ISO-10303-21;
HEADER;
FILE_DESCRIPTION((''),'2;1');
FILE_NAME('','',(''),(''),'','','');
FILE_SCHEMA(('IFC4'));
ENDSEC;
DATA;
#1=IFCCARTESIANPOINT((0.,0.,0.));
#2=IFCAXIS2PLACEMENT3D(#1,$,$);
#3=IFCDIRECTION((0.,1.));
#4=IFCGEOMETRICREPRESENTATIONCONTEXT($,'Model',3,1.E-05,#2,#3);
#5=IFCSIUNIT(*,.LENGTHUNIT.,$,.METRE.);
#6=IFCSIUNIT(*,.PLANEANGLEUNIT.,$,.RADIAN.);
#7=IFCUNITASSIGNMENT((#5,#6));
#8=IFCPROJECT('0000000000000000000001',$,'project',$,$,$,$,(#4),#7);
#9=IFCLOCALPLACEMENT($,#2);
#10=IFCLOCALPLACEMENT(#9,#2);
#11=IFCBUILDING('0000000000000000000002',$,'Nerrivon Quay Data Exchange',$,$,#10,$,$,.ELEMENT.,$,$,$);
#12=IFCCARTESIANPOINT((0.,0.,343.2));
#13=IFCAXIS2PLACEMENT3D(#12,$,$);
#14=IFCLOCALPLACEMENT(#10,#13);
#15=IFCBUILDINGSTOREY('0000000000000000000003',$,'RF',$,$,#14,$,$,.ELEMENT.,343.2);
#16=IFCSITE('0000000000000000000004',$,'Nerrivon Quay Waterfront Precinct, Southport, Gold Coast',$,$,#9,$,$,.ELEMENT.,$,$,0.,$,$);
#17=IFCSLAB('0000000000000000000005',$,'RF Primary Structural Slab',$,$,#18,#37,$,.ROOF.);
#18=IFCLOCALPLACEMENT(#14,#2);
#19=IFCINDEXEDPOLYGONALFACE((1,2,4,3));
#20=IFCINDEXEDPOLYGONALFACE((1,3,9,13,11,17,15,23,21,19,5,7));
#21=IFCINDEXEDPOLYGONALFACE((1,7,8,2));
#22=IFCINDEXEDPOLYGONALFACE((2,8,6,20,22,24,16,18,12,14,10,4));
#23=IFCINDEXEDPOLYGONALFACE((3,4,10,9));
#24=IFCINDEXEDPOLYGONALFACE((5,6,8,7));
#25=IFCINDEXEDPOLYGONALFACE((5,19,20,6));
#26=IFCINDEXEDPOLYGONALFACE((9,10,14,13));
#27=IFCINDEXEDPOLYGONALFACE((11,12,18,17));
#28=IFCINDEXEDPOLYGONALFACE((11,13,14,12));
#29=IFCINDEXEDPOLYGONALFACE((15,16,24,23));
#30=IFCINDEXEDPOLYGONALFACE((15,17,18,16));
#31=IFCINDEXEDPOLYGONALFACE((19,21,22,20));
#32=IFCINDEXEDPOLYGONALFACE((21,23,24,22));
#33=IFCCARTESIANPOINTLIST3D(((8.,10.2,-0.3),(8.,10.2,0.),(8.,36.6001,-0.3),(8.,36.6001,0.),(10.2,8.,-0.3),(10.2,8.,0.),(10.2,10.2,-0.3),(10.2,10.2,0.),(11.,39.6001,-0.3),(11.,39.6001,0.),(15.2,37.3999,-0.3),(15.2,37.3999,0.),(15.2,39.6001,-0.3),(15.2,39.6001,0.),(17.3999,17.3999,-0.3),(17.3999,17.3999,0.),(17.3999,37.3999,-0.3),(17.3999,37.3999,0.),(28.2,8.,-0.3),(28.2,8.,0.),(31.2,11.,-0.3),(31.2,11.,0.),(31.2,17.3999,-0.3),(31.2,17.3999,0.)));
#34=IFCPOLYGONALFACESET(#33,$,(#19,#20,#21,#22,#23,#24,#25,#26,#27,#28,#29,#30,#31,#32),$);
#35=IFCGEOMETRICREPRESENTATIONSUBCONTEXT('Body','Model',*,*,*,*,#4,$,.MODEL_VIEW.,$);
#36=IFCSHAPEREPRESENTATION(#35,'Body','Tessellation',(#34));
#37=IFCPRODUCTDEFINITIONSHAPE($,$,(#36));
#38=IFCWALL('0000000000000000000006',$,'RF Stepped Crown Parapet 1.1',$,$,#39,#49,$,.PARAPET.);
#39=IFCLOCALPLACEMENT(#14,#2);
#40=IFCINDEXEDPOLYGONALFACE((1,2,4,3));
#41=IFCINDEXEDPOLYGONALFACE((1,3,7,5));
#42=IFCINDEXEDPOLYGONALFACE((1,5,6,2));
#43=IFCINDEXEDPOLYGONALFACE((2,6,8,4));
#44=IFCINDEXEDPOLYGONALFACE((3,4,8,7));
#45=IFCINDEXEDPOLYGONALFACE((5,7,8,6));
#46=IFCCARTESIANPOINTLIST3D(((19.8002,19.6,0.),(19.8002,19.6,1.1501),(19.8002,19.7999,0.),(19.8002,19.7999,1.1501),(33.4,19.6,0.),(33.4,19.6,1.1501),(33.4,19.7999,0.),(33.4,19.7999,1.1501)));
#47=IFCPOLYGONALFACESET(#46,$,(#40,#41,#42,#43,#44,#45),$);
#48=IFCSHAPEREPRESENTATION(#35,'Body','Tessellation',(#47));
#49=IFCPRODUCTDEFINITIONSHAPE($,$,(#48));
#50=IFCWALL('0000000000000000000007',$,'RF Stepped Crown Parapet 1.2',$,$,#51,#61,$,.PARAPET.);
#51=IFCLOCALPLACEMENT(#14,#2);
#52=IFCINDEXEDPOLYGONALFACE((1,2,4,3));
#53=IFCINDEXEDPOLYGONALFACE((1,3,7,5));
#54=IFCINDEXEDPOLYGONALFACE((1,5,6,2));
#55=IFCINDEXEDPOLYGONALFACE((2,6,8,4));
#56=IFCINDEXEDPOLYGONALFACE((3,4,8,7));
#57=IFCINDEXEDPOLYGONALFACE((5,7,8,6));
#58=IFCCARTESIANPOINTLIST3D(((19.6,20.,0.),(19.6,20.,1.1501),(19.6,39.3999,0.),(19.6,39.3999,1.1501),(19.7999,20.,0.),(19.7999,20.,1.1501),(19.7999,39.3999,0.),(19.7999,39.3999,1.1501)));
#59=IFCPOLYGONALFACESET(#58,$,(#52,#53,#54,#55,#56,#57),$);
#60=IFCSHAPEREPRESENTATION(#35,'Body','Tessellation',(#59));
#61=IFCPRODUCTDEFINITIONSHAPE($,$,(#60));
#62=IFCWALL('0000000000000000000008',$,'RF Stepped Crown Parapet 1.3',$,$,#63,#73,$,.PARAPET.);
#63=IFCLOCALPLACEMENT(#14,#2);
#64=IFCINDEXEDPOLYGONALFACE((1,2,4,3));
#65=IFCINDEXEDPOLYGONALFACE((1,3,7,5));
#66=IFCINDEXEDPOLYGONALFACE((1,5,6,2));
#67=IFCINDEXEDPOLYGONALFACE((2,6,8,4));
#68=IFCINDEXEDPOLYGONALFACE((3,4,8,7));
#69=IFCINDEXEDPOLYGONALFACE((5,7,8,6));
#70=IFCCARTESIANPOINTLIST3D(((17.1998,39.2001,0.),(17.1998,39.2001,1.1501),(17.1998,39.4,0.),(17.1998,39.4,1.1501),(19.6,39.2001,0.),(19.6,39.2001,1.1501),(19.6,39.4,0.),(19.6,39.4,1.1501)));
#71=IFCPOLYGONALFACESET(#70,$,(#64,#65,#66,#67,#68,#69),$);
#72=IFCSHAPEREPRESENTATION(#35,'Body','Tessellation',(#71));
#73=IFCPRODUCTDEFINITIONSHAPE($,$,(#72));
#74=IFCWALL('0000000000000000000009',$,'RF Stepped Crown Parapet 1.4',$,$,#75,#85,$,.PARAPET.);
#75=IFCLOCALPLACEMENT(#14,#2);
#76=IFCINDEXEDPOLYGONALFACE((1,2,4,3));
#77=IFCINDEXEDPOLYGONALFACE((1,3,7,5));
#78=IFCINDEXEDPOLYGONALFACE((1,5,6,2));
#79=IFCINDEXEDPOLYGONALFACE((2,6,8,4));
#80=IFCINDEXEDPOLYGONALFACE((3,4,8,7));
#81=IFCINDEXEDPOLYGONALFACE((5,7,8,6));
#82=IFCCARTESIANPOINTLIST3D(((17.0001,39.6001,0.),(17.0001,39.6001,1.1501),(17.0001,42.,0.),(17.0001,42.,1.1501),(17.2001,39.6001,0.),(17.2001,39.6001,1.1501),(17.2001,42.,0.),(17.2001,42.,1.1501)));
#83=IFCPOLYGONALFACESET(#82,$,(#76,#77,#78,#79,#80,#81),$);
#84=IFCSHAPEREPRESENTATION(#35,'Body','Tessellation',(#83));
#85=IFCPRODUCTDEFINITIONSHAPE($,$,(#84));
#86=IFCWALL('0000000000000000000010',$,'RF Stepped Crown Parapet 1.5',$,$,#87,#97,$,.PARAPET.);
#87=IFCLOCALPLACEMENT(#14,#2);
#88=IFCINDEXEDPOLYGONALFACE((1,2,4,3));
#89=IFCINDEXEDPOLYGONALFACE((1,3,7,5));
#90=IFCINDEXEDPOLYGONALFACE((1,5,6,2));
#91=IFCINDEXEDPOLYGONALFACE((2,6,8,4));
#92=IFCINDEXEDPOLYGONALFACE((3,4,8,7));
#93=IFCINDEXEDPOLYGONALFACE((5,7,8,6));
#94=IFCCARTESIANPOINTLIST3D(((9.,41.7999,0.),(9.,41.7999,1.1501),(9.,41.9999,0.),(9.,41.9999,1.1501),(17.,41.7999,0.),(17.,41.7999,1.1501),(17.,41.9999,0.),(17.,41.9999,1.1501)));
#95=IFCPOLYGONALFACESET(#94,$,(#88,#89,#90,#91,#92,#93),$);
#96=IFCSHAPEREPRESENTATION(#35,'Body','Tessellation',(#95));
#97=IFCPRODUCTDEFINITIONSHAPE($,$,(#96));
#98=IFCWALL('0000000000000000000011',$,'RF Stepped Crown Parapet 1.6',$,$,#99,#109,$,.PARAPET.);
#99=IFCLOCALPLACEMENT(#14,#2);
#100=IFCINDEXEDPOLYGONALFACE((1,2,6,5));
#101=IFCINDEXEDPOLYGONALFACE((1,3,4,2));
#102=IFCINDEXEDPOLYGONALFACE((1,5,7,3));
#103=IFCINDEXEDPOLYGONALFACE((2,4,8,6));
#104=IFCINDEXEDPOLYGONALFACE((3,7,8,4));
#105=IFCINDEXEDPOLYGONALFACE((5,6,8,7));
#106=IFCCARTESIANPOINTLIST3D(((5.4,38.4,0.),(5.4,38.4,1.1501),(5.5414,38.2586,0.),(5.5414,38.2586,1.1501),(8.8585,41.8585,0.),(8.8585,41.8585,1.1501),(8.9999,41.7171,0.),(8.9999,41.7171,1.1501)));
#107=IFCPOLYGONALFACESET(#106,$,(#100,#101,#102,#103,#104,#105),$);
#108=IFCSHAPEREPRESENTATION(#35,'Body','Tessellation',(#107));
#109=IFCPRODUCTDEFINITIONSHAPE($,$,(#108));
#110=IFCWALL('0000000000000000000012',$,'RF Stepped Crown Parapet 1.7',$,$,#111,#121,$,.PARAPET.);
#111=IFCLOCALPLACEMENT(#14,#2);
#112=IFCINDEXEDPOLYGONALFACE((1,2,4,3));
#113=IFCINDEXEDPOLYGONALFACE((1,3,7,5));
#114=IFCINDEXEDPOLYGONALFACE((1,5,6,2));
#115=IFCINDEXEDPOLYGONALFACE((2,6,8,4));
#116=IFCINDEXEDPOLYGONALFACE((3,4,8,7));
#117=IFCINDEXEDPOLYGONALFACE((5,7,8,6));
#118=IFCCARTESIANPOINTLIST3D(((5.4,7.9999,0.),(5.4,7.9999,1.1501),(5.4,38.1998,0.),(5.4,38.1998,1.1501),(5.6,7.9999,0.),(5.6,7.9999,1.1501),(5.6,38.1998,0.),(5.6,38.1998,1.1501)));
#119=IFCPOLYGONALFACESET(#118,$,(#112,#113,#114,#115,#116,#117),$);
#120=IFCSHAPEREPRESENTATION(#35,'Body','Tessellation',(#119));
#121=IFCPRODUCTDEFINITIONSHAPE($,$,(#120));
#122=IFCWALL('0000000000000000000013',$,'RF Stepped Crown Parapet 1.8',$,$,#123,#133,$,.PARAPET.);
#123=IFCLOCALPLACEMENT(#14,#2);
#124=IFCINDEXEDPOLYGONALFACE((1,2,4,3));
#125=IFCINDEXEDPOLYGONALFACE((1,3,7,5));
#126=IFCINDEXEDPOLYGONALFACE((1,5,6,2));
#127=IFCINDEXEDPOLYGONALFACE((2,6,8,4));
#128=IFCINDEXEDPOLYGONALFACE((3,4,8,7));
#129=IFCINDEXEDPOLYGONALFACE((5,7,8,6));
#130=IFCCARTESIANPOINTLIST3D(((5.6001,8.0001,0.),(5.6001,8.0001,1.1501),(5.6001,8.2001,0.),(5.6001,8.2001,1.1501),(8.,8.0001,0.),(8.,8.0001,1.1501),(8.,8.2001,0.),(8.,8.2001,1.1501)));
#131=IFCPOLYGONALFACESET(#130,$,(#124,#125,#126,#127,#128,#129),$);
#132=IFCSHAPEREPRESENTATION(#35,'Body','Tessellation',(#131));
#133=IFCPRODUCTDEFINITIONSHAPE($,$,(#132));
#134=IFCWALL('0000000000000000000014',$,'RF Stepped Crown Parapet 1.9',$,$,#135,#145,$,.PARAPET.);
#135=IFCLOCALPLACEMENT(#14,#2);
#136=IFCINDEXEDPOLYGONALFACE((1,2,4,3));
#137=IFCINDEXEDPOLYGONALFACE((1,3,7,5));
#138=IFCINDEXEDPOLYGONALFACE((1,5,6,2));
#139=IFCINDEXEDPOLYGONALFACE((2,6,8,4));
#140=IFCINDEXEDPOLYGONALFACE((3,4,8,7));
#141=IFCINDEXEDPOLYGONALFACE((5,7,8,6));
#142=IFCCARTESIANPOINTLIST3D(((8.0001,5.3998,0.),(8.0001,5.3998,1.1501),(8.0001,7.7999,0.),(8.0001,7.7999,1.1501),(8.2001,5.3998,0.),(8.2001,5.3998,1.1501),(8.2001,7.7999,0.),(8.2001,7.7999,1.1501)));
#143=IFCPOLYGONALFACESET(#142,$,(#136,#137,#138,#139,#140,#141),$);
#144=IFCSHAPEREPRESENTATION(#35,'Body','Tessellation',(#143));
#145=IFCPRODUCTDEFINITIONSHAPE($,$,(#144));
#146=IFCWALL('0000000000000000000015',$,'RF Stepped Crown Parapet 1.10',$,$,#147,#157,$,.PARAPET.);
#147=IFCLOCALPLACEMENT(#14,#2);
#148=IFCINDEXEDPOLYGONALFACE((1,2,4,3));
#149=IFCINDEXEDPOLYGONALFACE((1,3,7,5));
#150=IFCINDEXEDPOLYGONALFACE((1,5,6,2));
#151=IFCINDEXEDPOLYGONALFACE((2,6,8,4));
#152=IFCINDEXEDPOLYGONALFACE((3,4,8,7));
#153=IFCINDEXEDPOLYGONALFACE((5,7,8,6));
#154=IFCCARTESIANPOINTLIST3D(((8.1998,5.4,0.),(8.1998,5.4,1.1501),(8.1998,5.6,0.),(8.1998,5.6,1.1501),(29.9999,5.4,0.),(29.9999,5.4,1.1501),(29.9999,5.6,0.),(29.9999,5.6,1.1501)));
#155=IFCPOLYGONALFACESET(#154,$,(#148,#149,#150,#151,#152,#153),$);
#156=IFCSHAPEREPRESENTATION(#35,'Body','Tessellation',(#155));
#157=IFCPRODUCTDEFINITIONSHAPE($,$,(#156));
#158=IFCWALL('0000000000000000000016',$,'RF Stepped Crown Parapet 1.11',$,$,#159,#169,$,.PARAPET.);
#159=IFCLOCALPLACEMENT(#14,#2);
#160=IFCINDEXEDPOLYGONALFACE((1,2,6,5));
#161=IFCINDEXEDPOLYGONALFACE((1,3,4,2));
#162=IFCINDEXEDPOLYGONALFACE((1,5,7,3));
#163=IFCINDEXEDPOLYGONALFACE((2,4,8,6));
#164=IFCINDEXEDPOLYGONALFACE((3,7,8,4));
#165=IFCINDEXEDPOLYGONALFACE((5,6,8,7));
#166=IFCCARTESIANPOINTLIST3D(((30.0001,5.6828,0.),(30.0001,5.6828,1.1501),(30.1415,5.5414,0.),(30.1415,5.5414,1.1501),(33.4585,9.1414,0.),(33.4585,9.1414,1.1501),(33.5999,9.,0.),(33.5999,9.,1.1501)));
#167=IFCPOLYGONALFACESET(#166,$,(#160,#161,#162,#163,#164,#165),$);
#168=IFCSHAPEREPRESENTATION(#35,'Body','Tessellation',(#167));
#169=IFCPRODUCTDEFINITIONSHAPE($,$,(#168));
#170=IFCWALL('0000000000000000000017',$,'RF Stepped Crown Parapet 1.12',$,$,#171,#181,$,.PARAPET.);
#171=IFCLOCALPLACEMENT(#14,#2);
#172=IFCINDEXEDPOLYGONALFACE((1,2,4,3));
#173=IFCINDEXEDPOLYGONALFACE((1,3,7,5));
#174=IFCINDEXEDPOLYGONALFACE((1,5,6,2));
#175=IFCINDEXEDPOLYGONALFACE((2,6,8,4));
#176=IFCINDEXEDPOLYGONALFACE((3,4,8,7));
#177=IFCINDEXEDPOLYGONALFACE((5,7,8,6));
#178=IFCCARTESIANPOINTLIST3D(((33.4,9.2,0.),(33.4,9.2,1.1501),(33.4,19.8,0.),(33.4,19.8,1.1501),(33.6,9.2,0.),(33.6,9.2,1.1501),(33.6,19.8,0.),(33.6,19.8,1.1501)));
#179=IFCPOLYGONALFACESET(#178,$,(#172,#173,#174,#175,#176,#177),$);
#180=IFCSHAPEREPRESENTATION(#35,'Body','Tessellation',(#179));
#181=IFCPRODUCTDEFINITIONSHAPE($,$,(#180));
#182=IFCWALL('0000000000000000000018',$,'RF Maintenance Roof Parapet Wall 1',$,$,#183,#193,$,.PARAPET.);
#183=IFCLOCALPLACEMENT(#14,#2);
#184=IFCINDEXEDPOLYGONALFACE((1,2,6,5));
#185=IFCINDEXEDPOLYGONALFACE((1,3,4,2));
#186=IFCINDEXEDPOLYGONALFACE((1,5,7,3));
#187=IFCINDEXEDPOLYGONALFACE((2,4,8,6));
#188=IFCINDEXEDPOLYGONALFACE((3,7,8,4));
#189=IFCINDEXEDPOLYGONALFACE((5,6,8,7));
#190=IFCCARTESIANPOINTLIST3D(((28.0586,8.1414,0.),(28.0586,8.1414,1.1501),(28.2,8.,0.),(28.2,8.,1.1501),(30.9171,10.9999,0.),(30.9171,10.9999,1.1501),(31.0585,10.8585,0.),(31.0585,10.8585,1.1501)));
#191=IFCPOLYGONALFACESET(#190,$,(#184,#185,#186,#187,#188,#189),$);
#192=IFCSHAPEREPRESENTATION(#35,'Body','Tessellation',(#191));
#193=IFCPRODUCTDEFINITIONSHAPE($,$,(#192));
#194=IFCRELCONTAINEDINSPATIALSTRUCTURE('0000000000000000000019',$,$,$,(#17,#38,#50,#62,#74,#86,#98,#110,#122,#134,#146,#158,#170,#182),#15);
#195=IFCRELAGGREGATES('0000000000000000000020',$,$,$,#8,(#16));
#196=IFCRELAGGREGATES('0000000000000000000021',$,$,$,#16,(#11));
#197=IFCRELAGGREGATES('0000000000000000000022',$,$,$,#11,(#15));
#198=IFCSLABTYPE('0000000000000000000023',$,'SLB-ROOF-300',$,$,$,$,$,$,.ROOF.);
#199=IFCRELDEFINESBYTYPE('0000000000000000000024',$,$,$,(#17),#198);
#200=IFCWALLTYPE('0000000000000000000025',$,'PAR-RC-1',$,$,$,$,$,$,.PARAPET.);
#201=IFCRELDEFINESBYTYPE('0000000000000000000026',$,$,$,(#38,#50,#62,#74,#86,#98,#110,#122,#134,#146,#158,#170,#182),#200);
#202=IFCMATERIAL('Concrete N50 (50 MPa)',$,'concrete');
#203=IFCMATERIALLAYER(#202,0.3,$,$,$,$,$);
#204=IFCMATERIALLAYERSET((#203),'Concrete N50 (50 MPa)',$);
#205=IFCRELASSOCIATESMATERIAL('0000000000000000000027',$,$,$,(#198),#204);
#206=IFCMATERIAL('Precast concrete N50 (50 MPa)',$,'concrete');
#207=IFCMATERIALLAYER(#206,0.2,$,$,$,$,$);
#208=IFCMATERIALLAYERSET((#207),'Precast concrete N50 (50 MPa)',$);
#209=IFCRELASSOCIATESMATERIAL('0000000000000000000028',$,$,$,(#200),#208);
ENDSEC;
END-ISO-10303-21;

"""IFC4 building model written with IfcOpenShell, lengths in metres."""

from ifc_helpers import new_model, si_unit, direction, frame, frame_2d, origin, place, context, subcontext, project, spatial, polyline, rectangle, outline, extrude, material, layer, layer_set, type_object, element, save


model = new_model("IFC4")

# Units and contexts
model_context = context("Model", 3, precision=1e-05, world=origin(), true_north=direction((0.0, 1.0)))
body_context = subcontext(model_context, "Body", "Model", "MODEL_VIEW")
ifc_project = project(units=[si_unit("LENGTHUNIT", "METRE"), si_unit("PLANEANGLEUNIT", "RADIAN")], contexts=[model_context])

# Site, building, storey
site_placement = place(None, origin())
site = spatial("IfcSite", under=ifc_project, at=site_placement, Name="Nerrivon Quay Waterfront Precinct, Southport, Gold Coast", CompositionType="ELEMENT", RefElevation=0.0)
building_placement = place(site_placement, origin())
building = spatial("IfcBuilding", under=site, at=building_placement, Name="Nerrivon Quay Data Exchange", CompositionType="ELEMENT")
storey_placement = place(building_placement, frame((0.0, 0.0, 343.2)))
storey = spatial("IfcBuildingStorey", under=building, at=storey_placement, Name="RF", CompositionType="ELEMENT", Elevation=343.2)

# Slab
ifc_material_1 = material(Name="Concrete N50 (50 MPa)", Category="concrete")
ifc_layer_1 = layer(ifc_material_1, 0.3)
ifc_layer_set_1 = layer_set([ifc_layer_1], Name="Concrete N50 (50 MPa)")
slab_type = type_object("IfcSlabType", Name="SLB-ROOF-300", PredefinedType="ROOF", material=ifc_layer_set_1)
slab_placement = place(storey_placement, frame((0.0, 0.0, -0.3)))
element("IfcSlab", 1, at=slab_placement, inside=storey, type_object=slab_type, Name="RF Primary Structural Slab", PredefinedType="ROOF", context=body_context, shape_type="SweptSolid", body=[
    extrude(outline(polyline([(31.2, 17.3999), (17.3999, 17.3999), (17.3999, 37.3999), (15.2, 37.3999), (15.2, 39.6001), (11.0, 39.6001), (8.0, 36.6001), (8.0, 10.2), (10.2, 10.2), (10.2, 8.0), (28.2, 8.0), (31.2, 11.0), (31.2, 17.3999)])), origin(), (0.0, 0.0, 1.0), 0.3),
])

# Walls
ifc_material_2 = material(Name="Precast concrete N50 (50 MPa)", Category="concrete")
ifc_layer_2 = layer(ifc_material_2, 0.2)
ifc_layer_set_2 = layer_set([ifc_layer_2], Name="Precast concrete N50 (50 MPa)")
wall_type = type_object("IfcWallType", Name="PAR-RC-1", PredefinedType="PARAPET", material=ifc_layer_set_2)
wall_1_placement = place(storey_placement, frame((33.3999, 19.7, 0.0), z_axis=(0.0, 0.0, 1.0), x_axis=(-1.0, 0.0, 0.0)))
element("IfcWall", 2, at=wall_1_placement, inside=storey, type_object=wall_type, Name="RF Stepped Crown Parapet 1.1", PredefinedType="PARAPET", context=body_context, shape_type="SweptSolid", body=[
    extrude(rectangle(XDim=13.5999, YDim=0.2, at=frame_2d((6.7998, 0.0))), origin(), (0.0, 0.0, 1.0), 1.1501),
])
wall_2_placement = place(storey_placement, frame((19.7, 20.0, 0.0), z_axis=(0.0, 0.0, 1.0), x_axis=(0.0, 1.0, 0.0)))
element("IfcWall", 3, at=wall_2_placement, inside=storey, type_object=wall_type, Name="RF Stepped Crown Parapet 1.2", PredefinedType="PARAPET", context=body_context, shape_type="SweptSolid", body=[
    extrude(rectangle(XDim=19.3999, YDim=0.2, at=frame_2d((9.7, 0.0))), origin(), (0.0, 0.0, 1.0), 1.1501),
])
wall_3_placement = place(storey_placement, frame((19.6001, 39.3, 0.0), z_axis=(0.0, 0.0, 1.0), x_axis=(-1.0, 0.0, 0.0)))
element("IfcWall", 4, at=wall_3_placement, inside=storey, type_object=wall_type, Name="RF Stepped Crown Parapet 1.3", PredefinedType="PARAPET", context=body_context, shape_type="SweptSolid", body=[
    extrude(rectangle(XDim=2.4001, YDim=0.2, at=frame_2d((1.2002, 0.0))), origin(), (0.0, 0.0, 1.0), 1.1501),
])
wall_4_placement = place(storey_placement, frame((17.1001, 39.6001, 0.0), z_axis=(0.0, 0.0, 1.0), x_axis=(0.0, 1.0, 0.0)))
element("IfcWall", 5, at=wall_4_placement, inside=storey, type_object=wall_type, Name="RF Stepped Crown Parapet 1.4", PredefinedType="PARAPET", context=body_context, shape_type="SweptSolid", body=[
    extrude(rectangle(XDim=2.3999, YDim=0.2, at=frame_2d((1.2, 0.0))), origin(), (0.0, 0.0, 1.0), 1.1501),
])
wall_5_placement = place(storey_placement, frame((17.0, 41.8999, 0.0), z_axis=(0.0, 0.0, 1.0), x_axis=(-1.0, 0.0, 0.0)))
element("IfcWall", 6, at=wall_5_placement, inside=storey, type_object=wall_type, Name="RF Stepped Crown Parapet 1.5", PredefinedType="PARAPET", context=body_context, shape_type="SweptSolid", body=[
    extrude(rectangle(XDim=8.0, YDim=0.2, at=frame_2d((4.0, 0.0))), origin(), (0.0, 0.0, 1.0), 1.1501),
])
wall_6_placement = place(storey_placement, frame((8.9292, 41.7878, 0.0), z_axis=(0.0, 0.0, 1.0), x_axis=(-0.707107, -0.707107, 0.0)))
element("IfcWall", 7, at=wall_6_placement, inside=storey, type_object=wall_type, Name="RF Stepped Crown Parapet 1.6", PredefinedType="PARAPET", context=body_context, shape_type="SweptSolid", body=[
    extrude(rectangle(XDim=4.8911, YDim=0.2, at=frame_2d((2.4456, 0.0))), origin(), (0.0, 0.0, 1.0), 1.1501),
])
wall_7_placement = place(storey_placement, frame((5.5, 38.2, 0.0), z_axis=(0.0, 0.0, 1.0), x_axis=(0.0, -1.0, 0.0)))
element("IfcWall", 8, at=wall_7_placement, inside=storey, type_object=wall_type, Name="RF Stepped Crown Parapet 1.7", PredefinedType="PARAPET", context=body_context, shape_type="SweptSolid", body=[
    extrude(rectangle(XDim=30.2, YDim=0.2, at=frame_2d((15.1001, 0.0))), origin(), (0.0, 0.0, 1.0), 1.1501),
])
wall_8_placement = place(storey_placement, frame((5.6001, 8.1001, 0.0), z_axis=(0.0, 0.0, 1.0), x_axis=(1.0, 0.0, 0.0)))
element("IfcWall", 9, at=wall_8_placement, inside=storey, type_object=wall_type, Name="RF Stepped Crown Parapet 1.8", PredefinedType="PARAPET", context=body_context, shape_type="SweptSolid", body=[
    extrude(rectangle(XDim=2.3999, YDim=0.2, at=frame_2d((1.2, 0.0))), origin(), (0.0, 0.0, 1.0), 1.1501),
])
wall_9_placement = place(storey_placement, frame((8.1001, 7.8, 0.0), z_axis=(0.0, 0.0, 1.0), x_axis=(0.0, -1.0, 0.0)))
element("IfcWall", 10, at=wall_9_placement, inside=storey, type_object=wall_type, Name="RF Stepped Crown Parapet 1.9", PredefinedType="PARAPET", context=body_context, shape_type="SweptSolid", body=[
    extrude(rectangle(XDim=2.4001, YDim=0.2, at=frame_2d((1.2002, 0.0))), origin(), (0.0, 0.0, 1.0), 1.1501),
])
wall_10_placement = place(storey_placement, frame((8.2, 5.5, 0.0), z_axis=(0.0, 0.0, 1.0), x_axis=(1.0, 0.0, 0.0)))
element("IfcWall", 11, at=wall_10_placement, inside=storey, type_object=wall_type, Name="RF Stepped Crown Parapet 1.10", PredefinedType="PARAPET", context=body_context, shape_type="SweptSolid", body=[
    extrude(rectangle(XDim=21.8, YDim=0.2, at=frame_2d((10.8999, 0.0))), origin(), (0.0, 0.0, 1.0), 1.1501),
])
wall_11_placement = place(storey_placement, frame((30.0708, 5.6121, 0.0), z_axis=(0.0, 0.0, 1.0), x_axis=(0.707082, 0.707132, 0.0)))
element("IfcWall", 12, at=wall_11_placement, inside=storey, type_object=wall_type, Name="RF Stepped Crown Parapet 1.11", PredefinedType="PARAPET", context=body_context, shape_type="SweptSolid", body=[
    extrude(rectangle(XDim=4.8911, YDim=0.2, at=frame_2d((2.4456, 0.0))), origin(), (0.0, 0.0, 1.0), 1.1501),
])
wall_12_placement = place(storey_placement, frame((33.5, 9.2, 0.0), z_axis=(0.0, 0.0, 1.0), x_axis=(0.0, 1.0, 0.0)))
element("IfcWall", 13, at=wall_12_placement, inside=storey, type_object=wall_type, Name="RF Stepped Crown Parapet 1.12", PredefinedType="PARAPET", context=body_context, shape_type="SweptSolid", body=[
    extrude(rectangle(XDim=10.6001, YDim=0.2, at=frame_2d((5.3, 0.0))), origin(), (0.0, 0.0, 1.0), 1.1501),
])
wall_13_placement = place(storey_placement, frame((30.9878, 10.9292, 0.0), z_axis=(0.0, 0.0, 1.0), x_axis=(-0.707107, -0.707107, 0.0)))
element("IfcWall", 14, at=wall_13_placement, inside=storey, type_object=wall_type, Name="RF Maintenance Roof Parapet Wall 1", PredefinedType="PARAPET", context=body_context, shape_type="SweptSolid", body=[
    extrude(rectangle(XDim=4.0425, YDim=0.2, at=frame_2d((2.0212, 0.0))), origin(), (0.0, 0.0, 1.0), 1.1501),
])

save(model, "model.ifc")
